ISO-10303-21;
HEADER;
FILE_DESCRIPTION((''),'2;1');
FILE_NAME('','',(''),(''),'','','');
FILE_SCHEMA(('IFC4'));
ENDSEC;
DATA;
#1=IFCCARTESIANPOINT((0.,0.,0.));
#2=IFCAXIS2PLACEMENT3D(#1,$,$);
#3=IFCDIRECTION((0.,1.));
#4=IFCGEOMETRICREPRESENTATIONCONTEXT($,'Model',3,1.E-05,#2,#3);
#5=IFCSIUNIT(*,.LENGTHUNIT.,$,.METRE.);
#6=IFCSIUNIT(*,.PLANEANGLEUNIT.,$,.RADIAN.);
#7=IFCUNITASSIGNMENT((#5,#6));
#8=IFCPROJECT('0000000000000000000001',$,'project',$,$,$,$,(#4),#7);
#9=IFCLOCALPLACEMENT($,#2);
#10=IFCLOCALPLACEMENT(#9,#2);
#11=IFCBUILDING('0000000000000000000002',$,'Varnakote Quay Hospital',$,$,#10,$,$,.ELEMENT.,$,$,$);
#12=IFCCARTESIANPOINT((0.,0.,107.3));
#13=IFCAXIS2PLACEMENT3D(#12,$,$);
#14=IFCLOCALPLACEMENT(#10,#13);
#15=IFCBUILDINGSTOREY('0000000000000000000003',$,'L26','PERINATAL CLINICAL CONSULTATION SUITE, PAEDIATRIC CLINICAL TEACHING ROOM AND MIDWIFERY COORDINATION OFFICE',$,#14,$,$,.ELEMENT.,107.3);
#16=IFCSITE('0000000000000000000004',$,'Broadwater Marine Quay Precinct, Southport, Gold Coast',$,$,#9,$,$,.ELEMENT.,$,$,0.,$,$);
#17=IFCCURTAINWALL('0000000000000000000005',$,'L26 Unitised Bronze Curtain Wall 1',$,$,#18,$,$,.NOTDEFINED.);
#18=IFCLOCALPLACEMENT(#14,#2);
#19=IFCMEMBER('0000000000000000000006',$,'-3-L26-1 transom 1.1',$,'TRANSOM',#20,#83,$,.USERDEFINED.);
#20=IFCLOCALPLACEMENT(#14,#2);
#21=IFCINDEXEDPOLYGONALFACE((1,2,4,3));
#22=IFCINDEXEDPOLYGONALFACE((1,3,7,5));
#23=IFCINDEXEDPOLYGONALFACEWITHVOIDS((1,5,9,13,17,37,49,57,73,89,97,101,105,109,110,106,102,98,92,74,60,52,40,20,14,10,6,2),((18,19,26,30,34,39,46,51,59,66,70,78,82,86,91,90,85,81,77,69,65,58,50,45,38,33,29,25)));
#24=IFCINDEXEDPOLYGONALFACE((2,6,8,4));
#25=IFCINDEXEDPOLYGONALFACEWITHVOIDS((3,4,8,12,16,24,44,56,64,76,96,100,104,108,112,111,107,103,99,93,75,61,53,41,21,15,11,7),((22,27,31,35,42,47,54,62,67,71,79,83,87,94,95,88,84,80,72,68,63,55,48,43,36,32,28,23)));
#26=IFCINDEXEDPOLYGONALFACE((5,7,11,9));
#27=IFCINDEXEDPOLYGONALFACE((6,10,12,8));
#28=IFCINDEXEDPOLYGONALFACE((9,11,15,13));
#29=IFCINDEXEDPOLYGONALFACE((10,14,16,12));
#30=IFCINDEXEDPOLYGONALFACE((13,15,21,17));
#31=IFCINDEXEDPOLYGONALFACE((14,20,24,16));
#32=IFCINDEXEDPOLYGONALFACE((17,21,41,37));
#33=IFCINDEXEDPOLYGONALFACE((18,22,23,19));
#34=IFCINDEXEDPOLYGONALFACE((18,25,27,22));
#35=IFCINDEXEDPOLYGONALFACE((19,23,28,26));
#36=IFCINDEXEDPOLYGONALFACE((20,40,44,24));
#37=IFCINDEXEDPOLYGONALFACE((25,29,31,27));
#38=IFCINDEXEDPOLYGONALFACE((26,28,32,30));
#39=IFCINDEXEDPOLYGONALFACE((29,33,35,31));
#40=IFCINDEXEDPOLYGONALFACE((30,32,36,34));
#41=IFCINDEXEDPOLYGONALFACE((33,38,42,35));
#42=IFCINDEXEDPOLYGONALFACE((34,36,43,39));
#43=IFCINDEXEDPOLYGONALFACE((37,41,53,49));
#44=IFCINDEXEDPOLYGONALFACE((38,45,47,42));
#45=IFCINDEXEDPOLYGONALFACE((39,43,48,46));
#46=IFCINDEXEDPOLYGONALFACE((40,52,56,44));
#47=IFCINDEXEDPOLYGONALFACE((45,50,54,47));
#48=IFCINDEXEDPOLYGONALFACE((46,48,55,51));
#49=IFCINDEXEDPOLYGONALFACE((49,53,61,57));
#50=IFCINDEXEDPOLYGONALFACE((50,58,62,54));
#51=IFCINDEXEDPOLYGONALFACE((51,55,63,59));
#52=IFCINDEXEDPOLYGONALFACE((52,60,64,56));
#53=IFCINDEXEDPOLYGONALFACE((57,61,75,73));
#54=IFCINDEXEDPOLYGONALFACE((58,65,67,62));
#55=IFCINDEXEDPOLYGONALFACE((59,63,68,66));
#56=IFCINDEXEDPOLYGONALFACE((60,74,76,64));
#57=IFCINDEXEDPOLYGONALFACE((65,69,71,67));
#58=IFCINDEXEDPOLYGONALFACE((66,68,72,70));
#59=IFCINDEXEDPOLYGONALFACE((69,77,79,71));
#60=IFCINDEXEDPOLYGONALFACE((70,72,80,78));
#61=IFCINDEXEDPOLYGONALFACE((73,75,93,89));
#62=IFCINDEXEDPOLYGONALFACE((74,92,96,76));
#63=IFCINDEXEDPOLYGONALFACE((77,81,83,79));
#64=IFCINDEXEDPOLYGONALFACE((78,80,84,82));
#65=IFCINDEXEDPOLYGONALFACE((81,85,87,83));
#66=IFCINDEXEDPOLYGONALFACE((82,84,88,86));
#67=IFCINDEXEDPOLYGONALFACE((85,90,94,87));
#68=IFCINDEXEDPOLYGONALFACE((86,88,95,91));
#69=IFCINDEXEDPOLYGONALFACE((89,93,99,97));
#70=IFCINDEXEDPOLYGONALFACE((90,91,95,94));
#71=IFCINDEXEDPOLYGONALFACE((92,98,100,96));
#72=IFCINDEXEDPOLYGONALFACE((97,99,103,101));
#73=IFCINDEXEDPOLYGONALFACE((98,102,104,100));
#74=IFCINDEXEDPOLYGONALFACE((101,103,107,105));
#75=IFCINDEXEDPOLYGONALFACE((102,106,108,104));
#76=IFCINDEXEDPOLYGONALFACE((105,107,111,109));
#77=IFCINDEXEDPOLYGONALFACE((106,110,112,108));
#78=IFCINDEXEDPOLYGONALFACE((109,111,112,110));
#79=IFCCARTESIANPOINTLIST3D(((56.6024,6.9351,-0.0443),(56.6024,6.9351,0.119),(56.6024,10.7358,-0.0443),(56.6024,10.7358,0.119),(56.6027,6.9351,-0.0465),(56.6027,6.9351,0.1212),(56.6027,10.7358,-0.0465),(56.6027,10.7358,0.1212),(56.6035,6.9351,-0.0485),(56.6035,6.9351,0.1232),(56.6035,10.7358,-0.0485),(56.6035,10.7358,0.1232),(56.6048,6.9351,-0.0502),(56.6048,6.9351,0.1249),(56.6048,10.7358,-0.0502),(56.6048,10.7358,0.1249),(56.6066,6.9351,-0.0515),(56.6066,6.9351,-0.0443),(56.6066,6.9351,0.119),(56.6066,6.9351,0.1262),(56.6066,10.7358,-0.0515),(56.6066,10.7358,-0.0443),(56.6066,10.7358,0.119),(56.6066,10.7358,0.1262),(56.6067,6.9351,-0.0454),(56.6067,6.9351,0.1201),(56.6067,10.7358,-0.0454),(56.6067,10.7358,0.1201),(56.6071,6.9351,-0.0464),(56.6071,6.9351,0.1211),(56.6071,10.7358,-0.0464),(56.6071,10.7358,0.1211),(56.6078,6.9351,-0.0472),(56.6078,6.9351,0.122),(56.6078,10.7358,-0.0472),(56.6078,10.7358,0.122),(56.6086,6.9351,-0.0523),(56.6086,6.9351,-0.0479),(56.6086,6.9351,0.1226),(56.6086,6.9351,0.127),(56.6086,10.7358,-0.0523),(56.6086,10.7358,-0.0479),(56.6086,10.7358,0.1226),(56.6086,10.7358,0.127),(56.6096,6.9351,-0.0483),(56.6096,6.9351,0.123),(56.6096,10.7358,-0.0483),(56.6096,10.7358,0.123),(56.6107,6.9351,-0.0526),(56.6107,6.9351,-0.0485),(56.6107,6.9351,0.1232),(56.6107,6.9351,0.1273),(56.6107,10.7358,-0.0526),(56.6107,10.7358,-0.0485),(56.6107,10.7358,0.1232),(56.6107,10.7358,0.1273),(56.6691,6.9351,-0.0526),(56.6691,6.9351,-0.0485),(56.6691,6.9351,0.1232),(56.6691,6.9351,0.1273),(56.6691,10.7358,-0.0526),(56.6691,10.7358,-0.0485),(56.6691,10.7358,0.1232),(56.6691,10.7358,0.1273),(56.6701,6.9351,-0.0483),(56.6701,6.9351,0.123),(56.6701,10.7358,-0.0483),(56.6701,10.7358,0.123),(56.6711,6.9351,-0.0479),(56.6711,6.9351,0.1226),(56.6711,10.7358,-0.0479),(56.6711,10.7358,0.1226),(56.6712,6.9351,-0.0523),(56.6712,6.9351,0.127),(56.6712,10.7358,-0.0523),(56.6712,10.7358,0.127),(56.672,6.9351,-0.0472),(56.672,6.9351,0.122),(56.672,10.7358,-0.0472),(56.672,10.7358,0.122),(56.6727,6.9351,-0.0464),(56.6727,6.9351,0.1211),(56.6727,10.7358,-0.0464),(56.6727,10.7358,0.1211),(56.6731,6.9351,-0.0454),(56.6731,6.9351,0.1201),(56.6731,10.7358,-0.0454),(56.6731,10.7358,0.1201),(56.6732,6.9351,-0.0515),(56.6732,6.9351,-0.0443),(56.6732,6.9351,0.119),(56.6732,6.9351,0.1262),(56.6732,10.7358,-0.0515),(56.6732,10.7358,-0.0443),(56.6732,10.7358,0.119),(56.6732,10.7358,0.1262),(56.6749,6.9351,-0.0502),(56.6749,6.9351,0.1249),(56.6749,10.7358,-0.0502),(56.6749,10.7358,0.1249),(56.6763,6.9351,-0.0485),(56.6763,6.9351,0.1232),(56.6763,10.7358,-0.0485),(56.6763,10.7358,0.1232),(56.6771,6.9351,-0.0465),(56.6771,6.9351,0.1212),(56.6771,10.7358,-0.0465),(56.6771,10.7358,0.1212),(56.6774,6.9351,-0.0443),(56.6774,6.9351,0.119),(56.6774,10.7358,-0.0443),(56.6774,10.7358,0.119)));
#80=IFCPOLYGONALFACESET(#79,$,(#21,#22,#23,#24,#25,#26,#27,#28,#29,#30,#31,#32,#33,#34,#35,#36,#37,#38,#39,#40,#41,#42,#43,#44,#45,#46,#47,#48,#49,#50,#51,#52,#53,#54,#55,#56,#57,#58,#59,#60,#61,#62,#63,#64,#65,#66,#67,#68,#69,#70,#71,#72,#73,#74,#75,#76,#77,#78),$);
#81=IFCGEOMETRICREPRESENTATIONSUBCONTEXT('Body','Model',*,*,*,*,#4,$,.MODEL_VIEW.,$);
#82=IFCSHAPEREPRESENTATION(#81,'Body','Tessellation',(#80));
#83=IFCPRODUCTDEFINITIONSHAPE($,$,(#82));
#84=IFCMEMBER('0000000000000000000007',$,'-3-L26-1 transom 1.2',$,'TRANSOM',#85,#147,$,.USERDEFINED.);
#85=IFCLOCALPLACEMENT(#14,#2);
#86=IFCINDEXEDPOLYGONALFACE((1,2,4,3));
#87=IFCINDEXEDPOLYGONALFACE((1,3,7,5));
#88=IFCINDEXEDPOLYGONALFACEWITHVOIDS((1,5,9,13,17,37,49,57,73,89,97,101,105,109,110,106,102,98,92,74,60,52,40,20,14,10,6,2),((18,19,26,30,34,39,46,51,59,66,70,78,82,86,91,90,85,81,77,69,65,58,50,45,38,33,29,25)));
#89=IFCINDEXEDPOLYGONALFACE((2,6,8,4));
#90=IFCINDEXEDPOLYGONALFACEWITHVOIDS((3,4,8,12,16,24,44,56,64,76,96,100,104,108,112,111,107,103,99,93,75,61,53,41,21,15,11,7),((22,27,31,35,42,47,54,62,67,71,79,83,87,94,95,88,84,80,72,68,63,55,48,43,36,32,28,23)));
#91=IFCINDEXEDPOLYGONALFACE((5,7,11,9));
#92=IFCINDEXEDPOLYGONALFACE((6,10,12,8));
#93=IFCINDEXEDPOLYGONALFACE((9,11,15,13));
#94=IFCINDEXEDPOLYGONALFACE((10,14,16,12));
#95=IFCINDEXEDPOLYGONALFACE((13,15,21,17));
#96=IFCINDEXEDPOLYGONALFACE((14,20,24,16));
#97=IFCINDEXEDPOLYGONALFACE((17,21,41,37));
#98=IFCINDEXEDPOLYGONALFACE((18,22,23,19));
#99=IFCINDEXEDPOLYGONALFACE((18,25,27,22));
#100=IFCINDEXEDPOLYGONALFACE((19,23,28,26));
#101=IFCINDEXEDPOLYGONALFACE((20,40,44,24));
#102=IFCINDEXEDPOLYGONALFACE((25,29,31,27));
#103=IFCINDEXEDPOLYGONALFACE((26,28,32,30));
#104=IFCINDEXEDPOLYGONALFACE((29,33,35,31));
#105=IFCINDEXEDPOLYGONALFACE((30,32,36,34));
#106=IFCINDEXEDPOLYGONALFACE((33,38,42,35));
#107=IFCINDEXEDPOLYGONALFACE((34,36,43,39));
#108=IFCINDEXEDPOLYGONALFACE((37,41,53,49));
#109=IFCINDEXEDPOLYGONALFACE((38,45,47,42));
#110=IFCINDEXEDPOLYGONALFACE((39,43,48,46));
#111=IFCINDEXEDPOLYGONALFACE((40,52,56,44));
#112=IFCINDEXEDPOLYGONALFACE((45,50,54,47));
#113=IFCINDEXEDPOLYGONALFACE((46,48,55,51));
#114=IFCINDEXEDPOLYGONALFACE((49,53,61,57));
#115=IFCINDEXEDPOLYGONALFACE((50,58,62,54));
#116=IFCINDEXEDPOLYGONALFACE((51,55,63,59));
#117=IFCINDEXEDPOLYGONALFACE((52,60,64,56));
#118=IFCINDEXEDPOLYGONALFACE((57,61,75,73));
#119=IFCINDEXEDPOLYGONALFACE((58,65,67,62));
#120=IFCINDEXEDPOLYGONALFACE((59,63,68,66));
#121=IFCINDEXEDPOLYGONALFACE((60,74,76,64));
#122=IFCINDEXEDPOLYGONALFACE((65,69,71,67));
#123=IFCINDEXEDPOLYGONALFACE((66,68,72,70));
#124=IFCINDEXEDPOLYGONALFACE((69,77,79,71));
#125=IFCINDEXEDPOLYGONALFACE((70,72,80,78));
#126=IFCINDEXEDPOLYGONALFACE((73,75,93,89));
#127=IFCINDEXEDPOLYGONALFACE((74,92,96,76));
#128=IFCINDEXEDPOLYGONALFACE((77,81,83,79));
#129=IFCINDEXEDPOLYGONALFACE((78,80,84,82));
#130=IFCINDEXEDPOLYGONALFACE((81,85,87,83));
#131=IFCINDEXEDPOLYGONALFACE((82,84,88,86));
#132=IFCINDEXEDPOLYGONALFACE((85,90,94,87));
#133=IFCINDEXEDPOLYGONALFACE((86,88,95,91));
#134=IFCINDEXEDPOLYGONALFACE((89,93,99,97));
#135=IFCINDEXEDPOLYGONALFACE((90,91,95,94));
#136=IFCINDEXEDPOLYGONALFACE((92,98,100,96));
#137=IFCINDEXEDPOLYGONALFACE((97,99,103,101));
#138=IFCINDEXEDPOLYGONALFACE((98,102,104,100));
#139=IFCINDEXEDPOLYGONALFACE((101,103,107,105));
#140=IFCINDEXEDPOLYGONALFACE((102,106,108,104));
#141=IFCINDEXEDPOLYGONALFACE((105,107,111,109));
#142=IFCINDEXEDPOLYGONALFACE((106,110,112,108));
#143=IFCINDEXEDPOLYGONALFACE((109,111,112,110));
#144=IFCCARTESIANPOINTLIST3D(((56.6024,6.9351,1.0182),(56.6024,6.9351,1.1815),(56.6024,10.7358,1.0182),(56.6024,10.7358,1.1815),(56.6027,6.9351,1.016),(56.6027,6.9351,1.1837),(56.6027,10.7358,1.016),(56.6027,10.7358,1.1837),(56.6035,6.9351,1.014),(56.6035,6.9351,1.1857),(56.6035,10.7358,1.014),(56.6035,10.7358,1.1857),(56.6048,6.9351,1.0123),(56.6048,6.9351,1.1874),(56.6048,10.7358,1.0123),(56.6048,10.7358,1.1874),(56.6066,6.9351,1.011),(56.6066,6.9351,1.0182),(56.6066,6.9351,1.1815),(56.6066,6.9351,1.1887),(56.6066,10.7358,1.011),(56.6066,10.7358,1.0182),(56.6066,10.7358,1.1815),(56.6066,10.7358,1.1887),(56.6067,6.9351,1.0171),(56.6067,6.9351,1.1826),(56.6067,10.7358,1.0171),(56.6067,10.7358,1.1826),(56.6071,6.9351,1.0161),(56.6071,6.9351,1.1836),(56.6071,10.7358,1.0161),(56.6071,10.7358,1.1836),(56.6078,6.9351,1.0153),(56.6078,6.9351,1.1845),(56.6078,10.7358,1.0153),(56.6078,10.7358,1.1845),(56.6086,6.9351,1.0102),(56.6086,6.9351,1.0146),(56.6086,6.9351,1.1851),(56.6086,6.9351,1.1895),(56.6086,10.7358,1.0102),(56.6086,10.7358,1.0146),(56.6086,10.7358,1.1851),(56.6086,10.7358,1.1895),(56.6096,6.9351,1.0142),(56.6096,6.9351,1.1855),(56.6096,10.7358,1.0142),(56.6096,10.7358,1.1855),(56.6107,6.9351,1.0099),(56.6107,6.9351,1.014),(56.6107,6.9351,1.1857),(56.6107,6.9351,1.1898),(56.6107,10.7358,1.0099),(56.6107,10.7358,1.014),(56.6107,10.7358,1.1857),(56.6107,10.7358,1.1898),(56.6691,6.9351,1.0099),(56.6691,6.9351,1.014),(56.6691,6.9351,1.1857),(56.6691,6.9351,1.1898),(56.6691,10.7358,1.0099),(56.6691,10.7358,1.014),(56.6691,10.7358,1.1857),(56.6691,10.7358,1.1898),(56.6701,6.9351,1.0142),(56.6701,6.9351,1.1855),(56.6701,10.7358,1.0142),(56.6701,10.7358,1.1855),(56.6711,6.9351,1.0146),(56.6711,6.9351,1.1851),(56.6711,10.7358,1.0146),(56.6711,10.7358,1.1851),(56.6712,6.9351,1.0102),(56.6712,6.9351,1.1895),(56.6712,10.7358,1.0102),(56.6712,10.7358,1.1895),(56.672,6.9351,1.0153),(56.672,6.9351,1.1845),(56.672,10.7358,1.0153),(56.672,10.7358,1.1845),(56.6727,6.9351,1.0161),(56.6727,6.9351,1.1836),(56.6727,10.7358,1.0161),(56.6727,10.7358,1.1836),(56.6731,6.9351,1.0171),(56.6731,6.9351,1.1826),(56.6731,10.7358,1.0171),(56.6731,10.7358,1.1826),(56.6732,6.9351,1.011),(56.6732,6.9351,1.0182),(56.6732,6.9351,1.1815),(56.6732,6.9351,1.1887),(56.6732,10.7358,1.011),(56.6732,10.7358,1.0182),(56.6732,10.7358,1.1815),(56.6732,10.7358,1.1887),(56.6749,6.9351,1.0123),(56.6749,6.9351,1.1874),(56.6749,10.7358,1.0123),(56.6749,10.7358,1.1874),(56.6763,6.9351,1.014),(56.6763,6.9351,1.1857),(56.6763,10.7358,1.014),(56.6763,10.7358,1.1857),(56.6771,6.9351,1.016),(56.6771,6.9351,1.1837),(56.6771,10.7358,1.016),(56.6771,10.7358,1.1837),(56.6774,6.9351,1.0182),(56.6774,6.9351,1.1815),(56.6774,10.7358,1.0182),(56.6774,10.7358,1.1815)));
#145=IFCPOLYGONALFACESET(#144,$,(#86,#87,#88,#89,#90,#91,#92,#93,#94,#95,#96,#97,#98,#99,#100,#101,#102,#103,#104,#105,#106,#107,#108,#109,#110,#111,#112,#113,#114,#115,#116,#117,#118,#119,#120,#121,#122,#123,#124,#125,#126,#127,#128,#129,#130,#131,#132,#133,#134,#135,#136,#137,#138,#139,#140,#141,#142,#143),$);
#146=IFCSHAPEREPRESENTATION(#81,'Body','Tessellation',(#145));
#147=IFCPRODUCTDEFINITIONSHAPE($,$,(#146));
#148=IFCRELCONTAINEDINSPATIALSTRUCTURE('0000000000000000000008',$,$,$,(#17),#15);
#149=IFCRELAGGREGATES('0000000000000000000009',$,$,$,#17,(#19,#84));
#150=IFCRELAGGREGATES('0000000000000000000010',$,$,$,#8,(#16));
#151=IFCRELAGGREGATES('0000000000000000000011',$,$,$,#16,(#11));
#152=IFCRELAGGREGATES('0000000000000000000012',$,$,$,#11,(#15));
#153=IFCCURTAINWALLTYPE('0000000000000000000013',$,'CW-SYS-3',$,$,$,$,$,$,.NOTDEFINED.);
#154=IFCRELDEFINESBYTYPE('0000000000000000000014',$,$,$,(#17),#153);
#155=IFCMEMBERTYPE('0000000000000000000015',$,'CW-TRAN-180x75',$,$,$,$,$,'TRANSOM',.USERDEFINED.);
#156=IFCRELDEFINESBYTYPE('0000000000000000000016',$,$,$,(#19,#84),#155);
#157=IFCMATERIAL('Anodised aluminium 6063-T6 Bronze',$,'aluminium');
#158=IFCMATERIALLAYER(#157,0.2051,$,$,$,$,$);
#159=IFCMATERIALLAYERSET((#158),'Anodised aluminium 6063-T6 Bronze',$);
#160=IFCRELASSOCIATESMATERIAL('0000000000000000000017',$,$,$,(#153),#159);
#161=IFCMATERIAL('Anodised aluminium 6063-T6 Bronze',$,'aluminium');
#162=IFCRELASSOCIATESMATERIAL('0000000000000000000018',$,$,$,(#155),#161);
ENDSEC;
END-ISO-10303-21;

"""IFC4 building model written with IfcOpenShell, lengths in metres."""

from ifc_helpers import new_model, si_unit, direction, frame, origin, origin_2d, place, context, subcontext, project, spatial, hollow_rectangle, extrude, material, layer, layer_set, material_profile, profile_set, type_object, element, aggregate, save


model = new_model("IFC4")

# Units and contexts
model_context = context("Model", 3, precision=1e-05, world=origin(), true_north=direction((0.0, 1.0)))
body_context = subcontext(model_context, "Body", "Model", "MODEL_VIEW")
ifc_project = project(units=[si_unit("LENGTHUNIT", "METRE"), si_unit("PLANEANGLEUNIT", "RADIAN")], contexts=[model_context])

# Site, building, storey
site_placement = place(None, origin())
site = spatial("IfcSite", under=ifc_project, at=site_placement, Name="Broadwater Marine Quay Precinct, Southport, Gold Coast", CompositionType="ELEMENT", RefElevation=0.0)
building_placement = place(site_placement, origin())
building = spatial("IfcBuilding", under=site, at=building_placement, Name="Varnakote Quay Hospital", CompositionType="ELEMENT")
storey_placement = place(building_placement, frame((0.0, 0.0, 107.3)))
storey = spatial("IfcBuildingStorey", under=building, at=storey_placement, Name="L26", Description="PERINATAL CLINICAL CONSULTATION SUITE, PAEDIATRIC CLINICAL TEACHING ROOM AND MIDWIFERY COORDINATION OFFICE", CompositionType="ELEMENT", Elevation=107.3)

# Curtain wall, members
ifc_material_1 = material(Name="Anodised aluminium 6063-T6 Bronze", Category="aluminium")
ifc_layer_1 = layer(ifc_material_1, 0.2051)
ifc_layer_set_1 = layer_set([ifc_layer_1], Name="Anodised aluminium 6063-T6 Bronze")
curtain_wall_type = type_object("IfcCurtainWallType", Name="CW-SYS-3", PredefinedType="NOTDEFINED", material=ifc_layer_set_1)
curtain_wall_placement = place(storey_placement, origin())
curtain_wall = element("IfcCurtainWall", 1, at=curtain_wall_placement, inside=storey, type_object=curtain_wall_type, Name="L26 Unitised Bronze Curtain Wall 1", PredefinedType="NOTDEFINED")
ifc_material_2 = material(Name="Anodised aluminium 6063-T6 Bronze", Category="aluminium")
ifc_material_profile_1 = material_profile(ifc_material_2, hollow_rectangle(XDim=0.075, YDim=0.1799, WallThickness=0.0042, InnerFilletRadius=0.0042, OuterFilletRadius=0.0083, at=origin_2d()), Name="CW-TRAN-180x75")
ifc_profile_set_1 = profile_set([ifc_material_profile_1], Name="Anodised aluminium 6063-T6 Bronze")
member_type_1 = type_object("IfcMemberType", Name="CW-TRAN-180x75", ElementType="TRANSOM", PredefinedType="USERDEFINED", material=ifc_profile_set_1)
member_1_placement = place(storey_placement, frame((56.6399, 6.9351, 0.0374), z_axis=(0.0, 1.0, 0.0), x_axis=(-1.0, 0.0, 0.0)))
member_1 = element("IfcMember", 2, at=member_1_placement, type_object=member_type_1, Name="-3-L26-1 transom 1.1", ObjectType="TRANSOM", PredefinedType="USERDEFINED", context=body_context, shape_type="SweptSolid", body=[
    extrude(hollow_rectangle(XDim=0.075, YDim=0.1799, WallThickness=0.0042, InnerFilletRadius=0.0042, OuterFilletRadius=0.0083, at=origin_2d()), origin(), (0.0, 0.0, 1.0), 3.8008),
])
member_2_placement = place(storey_placement, frame((56.6399, 6.9351, 1.0999), z_axis=(0.0, 1.0, 0.0), x_axis=(-1.0, 0.0, 0.0)))
member_2 = element("IfcMember", 3, at=member_2_placement, type_object=member_type_1, Name="-3-L26-1 transom 1.2", ObjectType="TRANSOM", PredefinedType="USERDEFINED", context=body_context, shape_type="SweptSolid", body=[
    extrude(hollow_rectangle(XDim=0.075, YDim=0.1799, WallThickness=0.0042, InnerFilletRadius=0.0042, OuterFilletRadius=0.0083, at=origin_2d()), origin(), (0.0, 0.0, 1.0), 3.8008),
])
aggregate(curtain_wall, [member_1, member_2])

save(model, "model.ifc")
